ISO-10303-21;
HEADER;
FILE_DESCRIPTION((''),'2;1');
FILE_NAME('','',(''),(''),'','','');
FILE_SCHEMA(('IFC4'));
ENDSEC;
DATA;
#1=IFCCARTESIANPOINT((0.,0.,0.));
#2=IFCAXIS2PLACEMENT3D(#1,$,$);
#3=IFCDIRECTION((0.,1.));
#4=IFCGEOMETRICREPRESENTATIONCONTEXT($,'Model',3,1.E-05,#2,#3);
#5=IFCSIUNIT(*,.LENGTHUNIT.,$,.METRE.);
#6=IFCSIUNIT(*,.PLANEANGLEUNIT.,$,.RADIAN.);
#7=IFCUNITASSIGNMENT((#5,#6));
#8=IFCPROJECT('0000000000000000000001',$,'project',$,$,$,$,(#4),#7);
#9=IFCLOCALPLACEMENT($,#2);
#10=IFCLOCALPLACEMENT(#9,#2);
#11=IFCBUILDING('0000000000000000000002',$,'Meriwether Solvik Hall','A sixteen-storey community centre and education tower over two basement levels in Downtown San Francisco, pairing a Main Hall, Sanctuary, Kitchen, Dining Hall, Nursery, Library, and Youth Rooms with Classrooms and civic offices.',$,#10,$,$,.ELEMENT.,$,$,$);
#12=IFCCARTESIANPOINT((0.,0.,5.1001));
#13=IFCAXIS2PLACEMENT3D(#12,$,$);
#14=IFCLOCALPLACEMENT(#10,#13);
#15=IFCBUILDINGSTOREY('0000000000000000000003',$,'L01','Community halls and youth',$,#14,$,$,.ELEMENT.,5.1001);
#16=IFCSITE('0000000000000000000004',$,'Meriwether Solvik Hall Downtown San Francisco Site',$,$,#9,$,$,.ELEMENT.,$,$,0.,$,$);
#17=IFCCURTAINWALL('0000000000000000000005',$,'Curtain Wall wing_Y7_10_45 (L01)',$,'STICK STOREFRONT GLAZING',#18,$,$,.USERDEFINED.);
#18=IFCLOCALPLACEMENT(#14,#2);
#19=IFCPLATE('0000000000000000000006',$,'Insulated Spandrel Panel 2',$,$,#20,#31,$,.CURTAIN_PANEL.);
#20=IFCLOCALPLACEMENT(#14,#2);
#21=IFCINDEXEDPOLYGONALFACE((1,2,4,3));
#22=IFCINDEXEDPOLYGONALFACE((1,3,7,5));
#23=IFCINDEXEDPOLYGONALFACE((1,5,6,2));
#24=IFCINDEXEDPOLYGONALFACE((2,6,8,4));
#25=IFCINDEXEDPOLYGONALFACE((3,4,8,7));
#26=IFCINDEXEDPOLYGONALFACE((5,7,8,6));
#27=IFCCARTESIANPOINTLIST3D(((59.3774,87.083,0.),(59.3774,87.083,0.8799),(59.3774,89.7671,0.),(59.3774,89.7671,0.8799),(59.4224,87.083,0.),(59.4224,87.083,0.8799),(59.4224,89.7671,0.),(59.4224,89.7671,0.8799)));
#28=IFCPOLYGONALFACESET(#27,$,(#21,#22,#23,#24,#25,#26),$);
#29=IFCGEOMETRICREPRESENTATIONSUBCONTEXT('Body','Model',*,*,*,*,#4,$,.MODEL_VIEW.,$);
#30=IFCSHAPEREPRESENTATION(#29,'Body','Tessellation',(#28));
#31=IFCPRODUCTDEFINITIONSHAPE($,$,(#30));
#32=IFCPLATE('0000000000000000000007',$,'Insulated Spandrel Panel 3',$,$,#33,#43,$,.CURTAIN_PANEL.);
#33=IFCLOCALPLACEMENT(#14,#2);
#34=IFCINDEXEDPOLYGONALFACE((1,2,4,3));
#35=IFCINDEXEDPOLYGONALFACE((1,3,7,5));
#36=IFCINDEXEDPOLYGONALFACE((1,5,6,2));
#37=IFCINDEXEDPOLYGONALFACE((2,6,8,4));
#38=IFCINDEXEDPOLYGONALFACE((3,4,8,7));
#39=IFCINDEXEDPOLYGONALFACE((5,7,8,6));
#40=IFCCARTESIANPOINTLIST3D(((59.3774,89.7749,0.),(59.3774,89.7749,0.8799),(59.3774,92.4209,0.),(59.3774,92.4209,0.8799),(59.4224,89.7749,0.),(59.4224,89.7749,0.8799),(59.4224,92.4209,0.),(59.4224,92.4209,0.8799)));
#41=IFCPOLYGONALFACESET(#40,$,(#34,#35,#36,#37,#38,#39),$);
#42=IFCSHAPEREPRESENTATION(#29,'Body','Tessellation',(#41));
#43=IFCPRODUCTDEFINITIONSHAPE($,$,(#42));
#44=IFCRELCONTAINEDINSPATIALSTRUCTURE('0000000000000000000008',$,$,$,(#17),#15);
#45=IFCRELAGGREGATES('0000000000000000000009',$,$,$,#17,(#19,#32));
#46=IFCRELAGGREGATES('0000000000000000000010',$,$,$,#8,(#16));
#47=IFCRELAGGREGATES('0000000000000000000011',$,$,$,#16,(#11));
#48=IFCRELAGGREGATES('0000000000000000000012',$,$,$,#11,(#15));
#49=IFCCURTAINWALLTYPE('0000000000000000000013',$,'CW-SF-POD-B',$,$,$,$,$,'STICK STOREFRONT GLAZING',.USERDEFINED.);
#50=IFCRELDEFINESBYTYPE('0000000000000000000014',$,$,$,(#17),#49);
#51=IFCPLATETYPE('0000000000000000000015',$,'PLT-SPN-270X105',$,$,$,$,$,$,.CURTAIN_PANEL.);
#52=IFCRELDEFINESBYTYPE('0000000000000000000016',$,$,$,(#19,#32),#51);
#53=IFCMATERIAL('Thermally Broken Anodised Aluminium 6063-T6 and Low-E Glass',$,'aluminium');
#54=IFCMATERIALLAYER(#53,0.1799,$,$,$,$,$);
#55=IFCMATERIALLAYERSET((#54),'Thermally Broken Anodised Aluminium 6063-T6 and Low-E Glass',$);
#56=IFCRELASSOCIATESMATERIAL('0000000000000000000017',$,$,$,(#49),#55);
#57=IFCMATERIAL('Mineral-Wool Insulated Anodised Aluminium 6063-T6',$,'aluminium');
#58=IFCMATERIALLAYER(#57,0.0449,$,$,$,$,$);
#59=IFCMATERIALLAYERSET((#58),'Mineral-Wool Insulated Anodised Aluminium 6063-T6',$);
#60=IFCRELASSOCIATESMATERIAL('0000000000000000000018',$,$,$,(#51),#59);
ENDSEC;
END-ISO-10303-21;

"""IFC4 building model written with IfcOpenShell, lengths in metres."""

from ifc_helpers import new_model, si_unit, direction, frame, origin, origin_2d, place, context, subcontext, project, spatial, rectangle, extrude, material, layer, layer_set, type_object, element, aggregate, save


model = new_model("IFC4")

# Units and contexts
model_context = context("Model", 3, precision=1e-05, world=origin(), true_north=direction((0.0, 1.0)))
body_context = subcontext(model_context, "Body", "Model", "MODEL_VIEW")
ifc_project = project(units=[si_unit("LENGTHUNIT", "METRE"), si_unit("PLANEANGLEUNIT", "RADIAN")], contexts=[model_context])

# Site, building, storey
site_placement = place(None, origin())
site = spatial("IfcSite", under=ifc_project, at=site_placement, Name="Meriwether Solvik Hall Downtown San Francisco Site", CompositionType="ELEMENT", RefElevation=0.0)
building_placement = place(site_placement, origin())
building = spatial("IfcBuilding", under=site, at=building_placement, Name="Meriwether Solvik Hall", Description="A sixteen-storey community centre and education tower over two basement levels in Downtown San Francisco, pairing a Main Hall, Sanctuary, Kitchen, Dining Hall, Nursery, Library, and Youth Rooms with Classrooms and civic offices.", CompositionType="ELEMENT")
storey_placement = place(building_placement, frame((0.0, 0.0, 5.1001)))
storey = spatial("IfcBuildingStorey", under=building, at=storey_placement, Name="L01", Description="Community halls and youth", CompositionType="ELEMENT", Elevation=5.1001)

# Curtain wall
ifc_material_1 = material(Name="Thermally Broken Anodised Aluminium 6063-T6 and Low-E Glass", Category="aluminium")
ifc_layer_1 = layer(ifc_material_1, 0.1799)
ifc_layer_set_1 = layer_set([ifc_layer_1], Name="Thermally Broken Anodised Aluminium 6063-T6 and Low-E Glass")
curtain_wall_type = type_object("IfcCurtainWallType", Name="CW-SF-POD-B", ElementType="STICK STOREFRONT GLAZING", PredefinedType="USERDEFINED", material=ifc_layer_set_1)
curtain_wall_1_placement = place(storey_placement, origin())
curtain_wall_1 = element("IfcCurtainWall", 1, at=curtain_wall_1_placement, inside=storey, type_object=curtain_wall_type, Name="Curtain Wall wing_Y7_10_45 (L01)", ObjectType="STICK STOREFRONT GLAZING", PredefinedType="USERDEFINED")

# Plates
ifc_material_2 = material(Name="Mineral-Wool Insulated Anodised Aluminium 6063-T6", Category="aluminium")
ifc_layer_2 = layer(ifc_material_2, 0.0449)
ifc_layer_set_2 = layer_set([ifc_layer_2], Name="Mineral-Wool Insulated Anodised Aluminium 6063-T6")
plate_type_1 = type_object("IfcPlateType", Name="PLT-SPN-270X105", PredefinedType="CURTAIN_PANEL", material=ifc_layer_set_2)
plate_1_placement = place(storey_placement, frame((59.3999, 88.425, 0.0), z_axis=(0.0, 0.0, 1.0), x_axis=(0.0, 1.0, 0.0)))
plate_1 = element("IfcPlate", 2, at=plate_1_placement, type_object=plate_type_1, Name="Insulated Spandrel Panel 2", PredefinedType="CURTAIN_PANEL", context=body_context, shape_type="SweptSolid", body=[
    extrude(rectangle(XDim=2.6841, YDim=0.0449, at=origin_2d()), origin(), (0.0, 0.0, 1.0), 0.8799),
])
plate_2_placement = place(storey_placement, frame((59.3999, 91.0979, 0.0), z_axis=(0.0, 0.0, 1.0), x_axis=(0.0, 1.0, 0.0)))
plate_2 = element("IfcPlate", 3, at=plate_2_placement, type_object=plate_type_1, Name="Insulated Spandrel Panel 3", PredefinedType="CURTAIN_PANEL", context=body_context, shape_type="SweptSolid", body=[
    extrude(rectangle(XDim=2.646, YDim=0.0449, at=origin_2d()), origin(), (0.0, 0.0, 1.0), 0.8799),
])
aggregate(curtain_wall_1, [plate_1, plate_2])

save(model, "model.ifc")
